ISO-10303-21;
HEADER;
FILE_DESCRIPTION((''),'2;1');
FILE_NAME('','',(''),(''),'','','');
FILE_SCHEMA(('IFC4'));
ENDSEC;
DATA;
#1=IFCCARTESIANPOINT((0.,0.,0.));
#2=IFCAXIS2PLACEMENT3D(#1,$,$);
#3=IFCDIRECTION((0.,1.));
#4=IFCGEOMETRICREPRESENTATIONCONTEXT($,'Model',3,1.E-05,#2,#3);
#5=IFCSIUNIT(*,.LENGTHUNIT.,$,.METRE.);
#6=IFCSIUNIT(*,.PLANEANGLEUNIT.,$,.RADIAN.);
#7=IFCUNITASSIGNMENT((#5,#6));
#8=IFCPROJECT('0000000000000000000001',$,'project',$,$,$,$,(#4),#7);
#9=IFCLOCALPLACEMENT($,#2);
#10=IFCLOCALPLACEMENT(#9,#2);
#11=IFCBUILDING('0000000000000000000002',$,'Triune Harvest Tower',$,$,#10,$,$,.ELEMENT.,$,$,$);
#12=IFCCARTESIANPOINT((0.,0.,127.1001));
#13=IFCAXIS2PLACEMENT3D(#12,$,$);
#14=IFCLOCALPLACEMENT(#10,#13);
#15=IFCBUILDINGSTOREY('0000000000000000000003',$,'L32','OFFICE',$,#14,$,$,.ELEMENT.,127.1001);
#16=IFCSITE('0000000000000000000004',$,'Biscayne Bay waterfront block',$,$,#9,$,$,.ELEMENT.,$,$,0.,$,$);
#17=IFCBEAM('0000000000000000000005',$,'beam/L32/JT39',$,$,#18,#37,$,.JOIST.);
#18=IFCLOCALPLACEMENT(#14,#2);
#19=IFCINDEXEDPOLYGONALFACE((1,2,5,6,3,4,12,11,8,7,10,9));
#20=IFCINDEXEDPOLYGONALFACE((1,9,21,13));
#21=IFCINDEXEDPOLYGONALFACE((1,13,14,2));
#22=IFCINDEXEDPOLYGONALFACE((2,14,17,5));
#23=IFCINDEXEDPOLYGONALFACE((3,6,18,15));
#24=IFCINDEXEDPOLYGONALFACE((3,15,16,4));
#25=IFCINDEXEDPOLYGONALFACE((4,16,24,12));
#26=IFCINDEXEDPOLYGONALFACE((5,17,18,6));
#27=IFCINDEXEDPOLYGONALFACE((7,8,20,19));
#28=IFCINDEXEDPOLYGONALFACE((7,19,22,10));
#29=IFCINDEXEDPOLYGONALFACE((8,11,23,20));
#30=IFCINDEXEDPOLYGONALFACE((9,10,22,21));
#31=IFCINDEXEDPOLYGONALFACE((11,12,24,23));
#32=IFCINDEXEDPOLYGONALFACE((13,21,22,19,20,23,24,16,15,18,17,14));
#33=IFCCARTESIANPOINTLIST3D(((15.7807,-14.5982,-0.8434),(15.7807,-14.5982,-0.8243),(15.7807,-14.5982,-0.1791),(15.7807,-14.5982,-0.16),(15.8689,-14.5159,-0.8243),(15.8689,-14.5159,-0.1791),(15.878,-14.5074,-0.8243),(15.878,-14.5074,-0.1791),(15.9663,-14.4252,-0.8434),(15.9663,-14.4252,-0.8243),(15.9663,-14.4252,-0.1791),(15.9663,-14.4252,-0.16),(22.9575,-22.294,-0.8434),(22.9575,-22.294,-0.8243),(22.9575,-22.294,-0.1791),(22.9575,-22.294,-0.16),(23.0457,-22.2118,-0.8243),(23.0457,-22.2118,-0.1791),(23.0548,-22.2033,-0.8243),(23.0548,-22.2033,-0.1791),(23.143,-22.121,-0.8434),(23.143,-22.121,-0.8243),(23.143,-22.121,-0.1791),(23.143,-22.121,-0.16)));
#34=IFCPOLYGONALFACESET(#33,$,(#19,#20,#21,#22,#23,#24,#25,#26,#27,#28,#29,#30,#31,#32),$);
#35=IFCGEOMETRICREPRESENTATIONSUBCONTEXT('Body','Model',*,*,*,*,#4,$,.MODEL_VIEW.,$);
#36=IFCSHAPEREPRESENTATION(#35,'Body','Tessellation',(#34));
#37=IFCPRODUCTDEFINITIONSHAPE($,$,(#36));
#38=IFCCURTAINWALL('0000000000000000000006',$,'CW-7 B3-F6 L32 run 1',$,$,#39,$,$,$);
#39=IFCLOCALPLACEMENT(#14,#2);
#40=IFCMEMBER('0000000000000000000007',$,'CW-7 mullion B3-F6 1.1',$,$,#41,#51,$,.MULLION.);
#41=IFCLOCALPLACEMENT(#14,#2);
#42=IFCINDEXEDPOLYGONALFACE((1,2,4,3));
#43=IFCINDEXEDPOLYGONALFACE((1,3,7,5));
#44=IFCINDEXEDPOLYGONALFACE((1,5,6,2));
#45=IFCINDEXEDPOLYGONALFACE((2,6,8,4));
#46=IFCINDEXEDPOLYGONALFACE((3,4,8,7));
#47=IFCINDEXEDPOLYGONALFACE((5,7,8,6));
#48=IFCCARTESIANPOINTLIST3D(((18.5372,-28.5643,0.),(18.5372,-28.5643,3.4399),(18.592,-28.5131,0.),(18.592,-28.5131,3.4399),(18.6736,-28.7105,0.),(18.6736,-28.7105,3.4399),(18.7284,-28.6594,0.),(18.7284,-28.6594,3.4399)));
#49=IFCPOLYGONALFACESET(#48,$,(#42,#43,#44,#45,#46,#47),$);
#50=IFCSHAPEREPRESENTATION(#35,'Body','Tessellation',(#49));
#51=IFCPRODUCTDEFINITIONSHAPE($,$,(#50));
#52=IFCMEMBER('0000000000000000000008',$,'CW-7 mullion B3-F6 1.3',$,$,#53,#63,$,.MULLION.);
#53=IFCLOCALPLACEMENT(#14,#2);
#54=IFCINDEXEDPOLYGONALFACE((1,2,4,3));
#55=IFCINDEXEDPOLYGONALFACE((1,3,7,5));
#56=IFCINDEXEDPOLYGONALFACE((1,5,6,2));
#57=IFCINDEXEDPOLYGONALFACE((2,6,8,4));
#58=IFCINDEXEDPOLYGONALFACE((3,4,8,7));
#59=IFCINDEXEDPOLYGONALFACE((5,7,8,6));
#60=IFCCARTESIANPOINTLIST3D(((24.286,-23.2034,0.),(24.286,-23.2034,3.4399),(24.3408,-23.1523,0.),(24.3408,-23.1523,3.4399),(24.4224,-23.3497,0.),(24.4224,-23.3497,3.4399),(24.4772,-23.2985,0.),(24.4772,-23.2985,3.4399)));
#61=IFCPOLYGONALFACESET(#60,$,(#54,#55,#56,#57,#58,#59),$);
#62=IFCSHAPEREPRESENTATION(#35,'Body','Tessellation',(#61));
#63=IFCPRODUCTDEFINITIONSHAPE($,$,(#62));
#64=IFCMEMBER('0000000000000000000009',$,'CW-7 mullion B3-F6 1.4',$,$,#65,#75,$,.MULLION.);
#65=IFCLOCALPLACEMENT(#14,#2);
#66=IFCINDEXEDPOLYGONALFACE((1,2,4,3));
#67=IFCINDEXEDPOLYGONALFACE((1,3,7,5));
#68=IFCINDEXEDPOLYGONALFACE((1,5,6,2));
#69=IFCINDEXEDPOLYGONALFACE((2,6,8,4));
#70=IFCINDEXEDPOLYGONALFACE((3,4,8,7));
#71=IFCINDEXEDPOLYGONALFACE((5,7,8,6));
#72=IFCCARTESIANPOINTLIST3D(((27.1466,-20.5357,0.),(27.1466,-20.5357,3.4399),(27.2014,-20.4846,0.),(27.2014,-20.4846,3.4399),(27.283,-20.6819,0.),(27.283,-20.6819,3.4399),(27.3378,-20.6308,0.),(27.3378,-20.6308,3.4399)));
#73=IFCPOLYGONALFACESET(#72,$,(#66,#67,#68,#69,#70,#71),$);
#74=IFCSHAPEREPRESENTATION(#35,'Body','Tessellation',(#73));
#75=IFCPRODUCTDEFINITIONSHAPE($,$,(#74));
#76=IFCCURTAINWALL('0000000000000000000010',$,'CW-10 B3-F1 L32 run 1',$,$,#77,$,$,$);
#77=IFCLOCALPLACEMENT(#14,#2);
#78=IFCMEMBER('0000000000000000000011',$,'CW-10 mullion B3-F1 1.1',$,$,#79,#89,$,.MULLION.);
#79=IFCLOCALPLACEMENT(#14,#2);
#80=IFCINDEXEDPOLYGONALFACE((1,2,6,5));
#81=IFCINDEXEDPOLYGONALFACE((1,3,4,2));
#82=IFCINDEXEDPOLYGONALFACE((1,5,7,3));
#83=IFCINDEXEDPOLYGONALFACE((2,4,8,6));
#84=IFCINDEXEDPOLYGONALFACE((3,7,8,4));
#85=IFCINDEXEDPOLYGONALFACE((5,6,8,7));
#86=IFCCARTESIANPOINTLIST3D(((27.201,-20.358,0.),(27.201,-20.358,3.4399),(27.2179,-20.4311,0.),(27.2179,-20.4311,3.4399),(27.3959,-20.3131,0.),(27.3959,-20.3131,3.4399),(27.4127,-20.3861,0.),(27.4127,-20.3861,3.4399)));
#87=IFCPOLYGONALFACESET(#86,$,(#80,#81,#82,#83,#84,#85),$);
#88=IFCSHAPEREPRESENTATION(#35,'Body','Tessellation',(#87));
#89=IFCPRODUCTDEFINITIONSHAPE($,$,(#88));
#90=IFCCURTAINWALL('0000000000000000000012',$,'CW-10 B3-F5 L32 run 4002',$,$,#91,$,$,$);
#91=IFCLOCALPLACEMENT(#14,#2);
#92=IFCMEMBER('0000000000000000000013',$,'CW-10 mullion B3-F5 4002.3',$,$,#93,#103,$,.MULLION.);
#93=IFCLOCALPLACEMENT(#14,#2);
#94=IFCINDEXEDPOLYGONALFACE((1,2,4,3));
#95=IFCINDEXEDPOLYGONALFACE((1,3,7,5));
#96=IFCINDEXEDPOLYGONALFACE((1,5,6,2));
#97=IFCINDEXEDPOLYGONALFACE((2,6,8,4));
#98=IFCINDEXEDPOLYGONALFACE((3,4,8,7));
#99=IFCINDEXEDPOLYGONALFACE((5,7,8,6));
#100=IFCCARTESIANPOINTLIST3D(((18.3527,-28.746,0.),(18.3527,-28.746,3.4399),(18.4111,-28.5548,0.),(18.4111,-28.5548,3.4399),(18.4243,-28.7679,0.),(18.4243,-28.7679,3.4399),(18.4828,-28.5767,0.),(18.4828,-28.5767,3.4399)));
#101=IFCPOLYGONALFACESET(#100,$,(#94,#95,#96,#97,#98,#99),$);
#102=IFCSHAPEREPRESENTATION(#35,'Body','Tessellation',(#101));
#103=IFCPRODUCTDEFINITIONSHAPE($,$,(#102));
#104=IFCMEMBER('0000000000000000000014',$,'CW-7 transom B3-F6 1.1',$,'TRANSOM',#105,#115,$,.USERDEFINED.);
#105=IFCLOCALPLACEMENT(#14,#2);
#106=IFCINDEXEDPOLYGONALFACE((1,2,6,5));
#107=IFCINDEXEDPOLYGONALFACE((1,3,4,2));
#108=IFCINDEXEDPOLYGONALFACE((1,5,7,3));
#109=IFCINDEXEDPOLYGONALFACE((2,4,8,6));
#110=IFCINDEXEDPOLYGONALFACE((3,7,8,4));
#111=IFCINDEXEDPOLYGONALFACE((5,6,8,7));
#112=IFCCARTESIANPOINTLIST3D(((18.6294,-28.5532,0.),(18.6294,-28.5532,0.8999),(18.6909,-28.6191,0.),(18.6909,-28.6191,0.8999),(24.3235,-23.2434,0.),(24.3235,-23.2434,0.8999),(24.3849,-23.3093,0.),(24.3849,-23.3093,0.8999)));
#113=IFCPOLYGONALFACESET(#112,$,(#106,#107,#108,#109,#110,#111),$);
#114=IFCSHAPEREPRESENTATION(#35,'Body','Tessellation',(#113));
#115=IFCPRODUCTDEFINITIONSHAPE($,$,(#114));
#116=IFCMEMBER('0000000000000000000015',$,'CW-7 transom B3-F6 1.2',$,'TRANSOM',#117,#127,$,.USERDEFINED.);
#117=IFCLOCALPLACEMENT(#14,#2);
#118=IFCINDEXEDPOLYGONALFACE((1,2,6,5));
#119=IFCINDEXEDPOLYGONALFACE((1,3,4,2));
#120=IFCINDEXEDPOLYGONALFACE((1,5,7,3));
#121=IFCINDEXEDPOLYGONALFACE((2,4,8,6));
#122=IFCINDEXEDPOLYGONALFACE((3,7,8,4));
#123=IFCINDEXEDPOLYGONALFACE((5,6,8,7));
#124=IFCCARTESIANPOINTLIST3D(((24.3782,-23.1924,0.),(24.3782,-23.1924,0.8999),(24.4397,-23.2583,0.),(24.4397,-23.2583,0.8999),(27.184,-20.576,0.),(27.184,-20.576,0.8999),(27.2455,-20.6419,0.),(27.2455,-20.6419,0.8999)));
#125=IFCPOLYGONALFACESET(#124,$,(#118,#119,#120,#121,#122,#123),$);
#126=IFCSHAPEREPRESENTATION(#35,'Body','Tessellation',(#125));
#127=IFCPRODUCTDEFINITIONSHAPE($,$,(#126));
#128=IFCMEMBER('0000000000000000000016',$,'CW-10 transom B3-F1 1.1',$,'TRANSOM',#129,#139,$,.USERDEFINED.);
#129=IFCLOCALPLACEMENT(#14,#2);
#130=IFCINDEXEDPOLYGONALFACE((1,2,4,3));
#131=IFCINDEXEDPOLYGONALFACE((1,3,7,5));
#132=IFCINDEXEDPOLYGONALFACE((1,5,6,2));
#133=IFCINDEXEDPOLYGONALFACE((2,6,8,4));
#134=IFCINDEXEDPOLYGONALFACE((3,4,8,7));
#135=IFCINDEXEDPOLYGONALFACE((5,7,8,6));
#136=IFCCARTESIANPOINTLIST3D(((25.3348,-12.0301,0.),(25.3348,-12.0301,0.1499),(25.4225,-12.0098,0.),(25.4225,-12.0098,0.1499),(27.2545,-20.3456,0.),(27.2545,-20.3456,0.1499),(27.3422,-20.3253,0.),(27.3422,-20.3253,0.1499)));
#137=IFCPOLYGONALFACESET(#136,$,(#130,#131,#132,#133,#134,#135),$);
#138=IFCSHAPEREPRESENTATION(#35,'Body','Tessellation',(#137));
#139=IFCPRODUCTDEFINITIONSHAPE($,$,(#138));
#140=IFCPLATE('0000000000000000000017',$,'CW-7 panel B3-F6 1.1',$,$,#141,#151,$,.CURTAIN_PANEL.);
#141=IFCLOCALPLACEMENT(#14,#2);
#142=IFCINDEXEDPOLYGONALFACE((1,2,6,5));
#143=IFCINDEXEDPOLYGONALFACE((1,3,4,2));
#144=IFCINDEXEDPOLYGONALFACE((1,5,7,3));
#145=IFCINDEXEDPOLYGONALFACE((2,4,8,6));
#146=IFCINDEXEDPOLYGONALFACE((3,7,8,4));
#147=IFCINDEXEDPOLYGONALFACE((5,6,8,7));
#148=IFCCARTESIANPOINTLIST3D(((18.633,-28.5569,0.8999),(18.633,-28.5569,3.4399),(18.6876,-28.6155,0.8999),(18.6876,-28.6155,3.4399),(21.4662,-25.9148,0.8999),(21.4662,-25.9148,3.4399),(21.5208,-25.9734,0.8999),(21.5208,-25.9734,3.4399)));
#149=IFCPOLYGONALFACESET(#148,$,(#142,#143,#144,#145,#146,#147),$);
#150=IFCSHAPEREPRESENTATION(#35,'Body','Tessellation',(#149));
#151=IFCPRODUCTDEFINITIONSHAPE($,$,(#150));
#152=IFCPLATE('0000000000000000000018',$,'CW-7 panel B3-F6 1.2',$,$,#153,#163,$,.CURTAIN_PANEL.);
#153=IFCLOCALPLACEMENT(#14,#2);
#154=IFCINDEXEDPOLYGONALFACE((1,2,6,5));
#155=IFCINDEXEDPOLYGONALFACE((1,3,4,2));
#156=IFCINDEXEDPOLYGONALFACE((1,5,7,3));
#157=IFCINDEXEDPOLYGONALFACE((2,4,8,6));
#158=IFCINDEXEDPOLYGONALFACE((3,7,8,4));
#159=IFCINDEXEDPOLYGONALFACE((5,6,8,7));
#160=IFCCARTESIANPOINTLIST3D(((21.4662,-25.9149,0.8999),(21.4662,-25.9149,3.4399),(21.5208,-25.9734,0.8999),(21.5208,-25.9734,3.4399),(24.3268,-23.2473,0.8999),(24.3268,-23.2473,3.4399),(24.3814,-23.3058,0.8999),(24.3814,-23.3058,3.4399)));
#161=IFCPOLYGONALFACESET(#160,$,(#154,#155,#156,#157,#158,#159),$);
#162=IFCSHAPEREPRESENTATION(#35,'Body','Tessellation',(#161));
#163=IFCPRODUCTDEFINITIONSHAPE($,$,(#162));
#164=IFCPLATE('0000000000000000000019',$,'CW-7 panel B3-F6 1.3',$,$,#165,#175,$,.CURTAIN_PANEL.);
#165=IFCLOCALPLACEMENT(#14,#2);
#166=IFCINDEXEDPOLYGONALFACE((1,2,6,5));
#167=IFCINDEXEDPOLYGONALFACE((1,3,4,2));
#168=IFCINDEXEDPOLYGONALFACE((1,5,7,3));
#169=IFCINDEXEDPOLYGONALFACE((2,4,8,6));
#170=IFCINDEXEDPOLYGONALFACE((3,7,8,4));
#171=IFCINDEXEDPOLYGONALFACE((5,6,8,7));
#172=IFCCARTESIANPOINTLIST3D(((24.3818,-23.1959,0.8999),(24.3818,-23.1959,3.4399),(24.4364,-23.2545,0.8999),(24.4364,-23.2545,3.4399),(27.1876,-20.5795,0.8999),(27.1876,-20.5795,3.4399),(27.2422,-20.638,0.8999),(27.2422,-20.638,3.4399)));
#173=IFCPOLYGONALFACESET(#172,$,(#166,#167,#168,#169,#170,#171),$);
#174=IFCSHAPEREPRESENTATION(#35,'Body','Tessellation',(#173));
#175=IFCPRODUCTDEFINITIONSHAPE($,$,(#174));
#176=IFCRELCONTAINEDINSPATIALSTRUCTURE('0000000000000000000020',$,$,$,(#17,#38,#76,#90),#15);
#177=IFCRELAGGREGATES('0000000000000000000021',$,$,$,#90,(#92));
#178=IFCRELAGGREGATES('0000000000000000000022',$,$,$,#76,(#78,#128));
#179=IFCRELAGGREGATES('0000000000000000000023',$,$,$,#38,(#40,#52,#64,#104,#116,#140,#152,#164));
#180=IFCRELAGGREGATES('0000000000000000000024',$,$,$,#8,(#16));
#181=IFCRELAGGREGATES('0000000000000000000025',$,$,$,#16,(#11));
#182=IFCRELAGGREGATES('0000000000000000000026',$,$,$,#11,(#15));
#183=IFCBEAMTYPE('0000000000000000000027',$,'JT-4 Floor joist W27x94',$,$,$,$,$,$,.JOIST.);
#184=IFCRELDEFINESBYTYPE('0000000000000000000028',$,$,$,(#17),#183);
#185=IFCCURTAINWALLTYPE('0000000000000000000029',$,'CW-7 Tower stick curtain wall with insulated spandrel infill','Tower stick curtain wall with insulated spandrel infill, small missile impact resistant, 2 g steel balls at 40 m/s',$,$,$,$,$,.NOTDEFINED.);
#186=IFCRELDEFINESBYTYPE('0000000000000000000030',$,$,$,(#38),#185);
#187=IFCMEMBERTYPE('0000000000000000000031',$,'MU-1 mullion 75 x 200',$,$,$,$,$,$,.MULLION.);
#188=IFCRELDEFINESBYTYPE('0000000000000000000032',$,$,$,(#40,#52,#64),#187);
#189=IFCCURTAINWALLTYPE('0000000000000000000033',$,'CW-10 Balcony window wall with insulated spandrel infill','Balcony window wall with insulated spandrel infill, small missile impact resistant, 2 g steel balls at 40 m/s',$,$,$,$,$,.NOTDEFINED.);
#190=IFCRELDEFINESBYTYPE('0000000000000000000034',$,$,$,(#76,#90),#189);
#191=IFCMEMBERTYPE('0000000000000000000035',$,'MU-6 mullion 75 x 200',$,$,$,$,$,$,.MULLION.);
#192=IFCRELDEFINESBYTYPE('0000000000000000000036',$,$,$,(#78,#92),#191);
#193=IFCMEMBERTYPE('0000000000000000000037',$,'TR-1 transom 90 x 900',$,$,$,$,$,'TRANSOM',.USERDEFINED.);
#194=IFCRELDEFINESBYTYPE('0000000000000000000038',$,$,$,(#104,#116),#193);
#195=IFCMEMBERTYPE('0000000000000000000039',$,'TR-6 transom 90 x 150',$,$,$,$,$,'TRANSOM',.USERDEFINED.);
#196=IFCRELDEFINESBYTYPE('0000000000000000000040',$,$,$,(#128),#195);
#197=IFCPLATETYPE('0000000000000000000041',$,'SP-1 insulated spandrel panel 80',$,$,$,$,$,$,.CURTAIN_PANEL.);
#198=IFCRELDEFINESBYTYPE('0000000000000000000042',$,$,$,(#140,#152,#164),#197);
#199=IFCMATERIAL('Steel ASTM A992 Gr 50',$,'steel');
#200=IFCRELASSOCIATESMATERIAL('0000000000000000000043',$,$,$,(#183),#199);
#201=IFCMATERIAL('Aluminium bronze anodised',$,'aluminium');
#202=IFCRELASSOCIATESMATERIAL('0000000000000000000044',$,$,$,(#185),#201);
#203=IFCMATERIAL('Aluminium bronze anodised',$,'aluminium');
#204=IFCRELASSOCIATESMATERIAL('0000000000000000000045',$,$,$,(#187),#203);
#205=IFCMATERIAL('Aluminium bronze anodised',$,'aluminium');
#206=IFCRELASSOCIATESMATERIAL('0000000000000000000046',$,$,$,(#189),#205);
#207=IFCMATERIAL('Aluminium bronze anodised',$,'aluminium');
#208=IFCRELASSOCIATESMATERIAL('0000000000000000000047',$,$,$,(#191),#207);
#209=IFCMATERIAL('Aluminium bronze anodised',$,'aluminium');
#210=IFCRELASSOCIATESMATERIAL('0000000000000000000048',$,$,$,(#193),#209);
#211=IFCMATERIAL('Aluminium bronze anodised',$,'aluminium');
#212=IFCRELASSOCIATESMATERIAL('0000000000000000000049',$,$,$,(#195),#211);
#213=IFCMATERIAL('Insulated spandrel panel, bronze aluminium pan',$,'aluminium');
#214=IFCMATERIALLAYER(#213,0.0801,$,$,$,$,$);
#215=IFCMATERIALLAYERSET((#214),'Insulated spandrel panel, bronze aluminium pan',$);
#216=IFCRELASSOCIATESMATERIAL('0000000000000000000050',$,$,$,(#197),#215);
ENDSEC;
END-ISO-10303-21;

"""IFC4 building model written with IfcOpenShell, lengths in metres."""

from ifc_helpers import new_model, si_unit, direction, frame, origin, origin_2d, place, context, subcontext, project, spatial, rectangle, i_section, extrude, source, transform, mapped, material, layer, layer_set, material_profile, profile_set, type_object, element, aggregate, save


model = new_model("IFC4")

# Units and contexts
model_context = context("Model", 3, precision=1e-05, world=origin(), true_north=direction((0.0, 1.0)))
body_context = subcontext(model_context, "Body", "Model", "MODEL_VIEW")
ifc_project = project(units=[si_unit("LENGTHUNIT", "METRE"), si_unit("PLANEANGLEUNIT", "RADIAN")], contexts=[model_context])

# Site, building, storey
site_placement = place(None, origin())
site = spatial("IfcSite", under=ifc_project, at=site_placement, Name="Biscayne Bay waterfront block", CompositionType="ELEMENT", RefElevation=0.0)
building_placement = place(site_placement, origin())
building = spatial("IfcBuilding", under=site, at=building_placement, Name="Triune Harvest Tower", CompositionType="ELEMENT")
storey_placement = place(building_placement, frame((0.0, 0.0, 127.1001)))
storey = spatial("IfcBuildingStorey", under=building, at=storey_placement, Name="L32", Description="OFFICE", CompositionType="ELEMENT", Elevation=127.1001)

# Beam
ifc_material_1 = material(Name="Steel ASTM A992 Gr 50", Category="steel")
ifc_material_profile_1 = material_profile(ifc_material_1, i_section(OverallWidth=0.2537, OverallDepth=0.6833, WebThickness=0.0125, FlangeThickness=0.019, at=origin_2d()), Name="W27x94")
ifc_profile_set_1 = profile_set([ifc_material_profile_1], Name="Steel ASTM A992 Gr 50")
beam_type_1 = type_object("IfcBeamType", Name="JT-4 Floor joist W27x94", PredefinedType="JOIST", material=ifc_profile_set_1)
shared_shape_1 = source(origin(), body_context, "Body", "SweptSolid", [
    extrude(i_section(OverallWidth=0.2537, OverallDepth=0.6833, WebThickness=0.0125, FlangeThickness=0.019, at=origin_2d()), origin(), (0.0, 0.0, 1.0), 10.5229),
])
beam_1_placement = place(storey_placement, frame((23.0503, -22.2075, -0.5017), z_axis=(-0.682014, 0.731339, 0.0), x_axis=(-0.731339, -0.682014, 0.0)))
element("IfcBeam", 1, at=beam_1_placement, inside=storey, type_object=beam_type_1, Name="beam/L32/JT39", PredefinedType="JOIST", context=body_context, shape_type="MappedRepresentation", body=[
    mapped(shared_shape_1, transform((0.0, 0.0, 0.0), scale=1.0)),
])

# Curtain wall, members
ifc_material_2 = material(Name="Aluminium bronze anodised", Category="aluminium")
curtain_wall_type_1 = type_object("IfcCurtainWallType", Name="CW-7 Tower stick curtain wall with insulated spandrel infill", Description="Tower stick curtain wall with insulated spandrel infill, small missile impact resistant, 2 g steel balls at 40 m/s", PredefinedType="NOTDEFINED", material=ifc_material_2)
curtain_wall_1_placement = place(storey_placement, origin())
curtain_wall_1 = element("IfcCurtainWall", 2, at=curtain_wall_1_placement, inside=storey, type_object=curtain_wall_type_1, Name="CW-7 B3-F6 L32 run 1")
ifc_material_3 = material(Name="Aluminium bronze anodised", Category="aluminium")
ifc_material_profile_2 = material_profile(ifc_material_3, rectangle(XDim=0.2, YDim=0.075, at=origin_2d()), Name="MU-1 mullion 75 x 200")
ifc_profile_set_2 = profile_set([ifc_material_profile_2], Name="Aluminium bronze anodised")
member_type_1 = type_object("IfcMemberType", Name="MU-1 mullion 75 x 200", PredefinedType="MULLION", material=ifc_profile_set_2)
shared_shape_2 = source(origin(), body_context, "Body", "SweptSolid", [
    extrude(rectangle(XDim=0.2, YDim=0.075, at=origin_2d()), origin(), (0.0, 0.0, 1.0), 3.4399),
])
member_1_placement = place(storey_placement, frame((18.6328, -28.6118, 0.0), z_axis=(0.0, 0.0, 1.0), x_axis=(-0.682002, 0.73135, 0.0)))
member_1 = element("IfcMember", 3, at=member_1_placement, type_object=member_type_1, Name="CW-7 mullion B3-F6 1.1", PredefinedType="MULLION", context=body_context, shape_type="MappedRepresentation", body=[
    mapped(shared_shape_2, transform((0.0, 0.0, 0.0), scale=1.0)),
])
member_2_placement = place(storey_placement, frame((24.3816, -23.251, 0.0), z_axis=(0.0, 0.0, 1.0), x_axis=(-0.682002, 0.73135, 0.0)))
member_2 = element("IfcMember", 4, at=member_2_placement, type_object=member_type_1, Name="CW-7 mullion B3-F6 1.3", PredefinedType="MULLION", context=body_context, shape_type="MappedRepresentation", body=[
    mapped(shared_shape_2, transform((0.0, 0.0, 0.0), scale=1.0)),
])
member_3_placement = place(storey_placement, frame((27.2422, -20.5833, 0.0), z_axis=(0.0, 0.0, 1.0), x_axis=(-0.682002, 0.73135, 0.0)))
member_3 = element("IfcMember", 5, at=member_3_placement, type_object=member_type_1, Name="CW-7 mullion B3-F6 1.4", PredefinedType="MULLION", context=body_context, shape_type="MappedRepresentation", body=[
    mapped(shared_shape_2, transform((0.0, 0.0, 0.0), scale=1.0)),
])

# Curtain walls, members
ifc_material_4 = material(Name="Aluminium bronze anodised", Category="aluminium")
curtain_wall_type_2 = type_object("IfcCurtainWallType", Name="CW-10 Balcony window wall with insulated spandrel infill", Description="Balcony window wall with insulated spandrel infill, small missile impact resistant, 2 g steel balls at 40 m/s", PredefinedType="NOTDEFINED", material=ifc_material_4)
curtain_wall_2_placement = place(storey_placement, origin())
curtain_wall_2 = element("IfcCurtainWall", 6, at=curtain_wall_2_placement, inside=storey, type_object=curtain_wall_type_2, Name="CW-10 B3-F1 L32 run 1")
ifc_material_5 = material(Name="Aluminium bronze anodised", Category="aluminium")
ifc_material_profile_3 = material_profile(ifc_material_5, rectangle(XDim=0.2, YDim=0.075, at=origin_2d()), Name="MU-6 mullion 75 x 200")
ifc_profile_set_3 = profile_set([ifc_material_profile_3], Name="Aluminium bronze anodised")
member_type_2 = type_object("IfcMemberType", Name="MU-6 mullion 75 x 200", PredefinedType="MULLION", material=ifc_profile_set_3)
shared_shape_3 = source(origin(), body_context, "Body", "SweptSolid", [
    extrude(rectangle(XDim=0.2, YDim=0.075, at=origin_2d()), origin(), (0.0, 0.0, 1.0), 3.4399),
])
member_4_placement = place(storey_placement, frame((27.3069, -20.3721, 0.0), z_axis=(0.0, 0.0, 1.0), x_axis=(-0.97437, -0.224951, 0.0)))
member_4 = element("IfcMember", 7, at=member_4_placement, type_object=member_type_2, Name="CW-10 mullion B3-F1 1.1", PredefinedType="MULLION", context=body_context, shape_type="MappedRepresentation", body=[
    mapped(shared_shape_3, transform((0.0, 0.0, 0.0), scale=1.0)),
])
curtain_wall_3_placement = place(storey_placement, origin())
curtain_wall_3 = element("IfcCurtainWall", 8, at=curtain_wall_3_placement, inside=storey, type_object=curtain_wall_type_2, Name="CW-10 B3-F5 L32 run 4002")
member_5_placement = place(storey_placement, frame((18.4177, -28.6614, 0.0), z_axis=(0.0, 0.0, 1.0), x_axis=(0.29238, 0.956302, 0.0)))
member_5 = element("IfcMember", 9, at=member_5_placement, type_object=member_type_2, Name="CW-10 mullion B3-F5 4002.3", PredefinedType="MULLION", context=body_context, shape_type="MappedRepresentation", body=[
    mapped(shared_shape_3, transform((0.0, 0.0, 0.0), scale=1.0)),
])
aggregate(curtain_wall_3, [member_5])

# Members
ifc_material_6 = material(Name="Aluminium bronze anodised", Category="aluminium")
ifc_material_profile_4 = material_profile(ifc_material_6, rectangle(XDim=0.0901, YDim=0.8999, at=origin_2d()), Name="TR-1 transom 90 x 900")
ifc_profile_set_4 = profile_set([ifc_material_profile_4], Name="Aluminium bronze anodised")
member_type_3 = type_object("IfcMemberType", Name="TR-1 transom 90 x 900", ElementType="TRANSOM", PredefinedType="USERDEFINED", material=ifc_profile_set_4)
shared_shape_4 = source(origin(), body_context, "Body", "SweptSolid", [
    extrude(rectangle(XDim=0.0901, YDim=0.8999, at=origin_2d()), origin(), (0.0, 0.0, 1.0), 7.7856),
])
member_6_placement = place(storey_placement, frame((18.6602, -28.5862, 0.45), z_axis=(0.731354, 0.681998, 0.0), x_axis=(-0.681998, 0.731354, 0.0)))
member_6 = element("IfcMember", 10, at=member_6_placement, type_object=member_type_3, Name="CW-7 transom B3-F6 1.1", ObjectType="TRANSOM", PredefinedType="USERDEFINED", context=body_context, shape_type="MappedRepresentation", body=[
    mapped(shared_shape_4, transform((0.0, 0.0, 0.0), scale=1.0)),
])
shared_shape_5 = source(origin(), body_context, "Body", "SweptSolid", [
    extrude(rectangle(XDim=0.0901, YDim=0.8999, at=origin_2d()), origin(), (0.0, 0.0, 1.0), 3.8364),
])
member_7_placement = place(storey_placement, frame((24.4089, -23.2253, 0.45), z_axis=(0.731366, 0.681985, 0.0), x_axis=(-0.681985, 0.731366, 0.0)))
member_7 = element("IfcMember", 11, at=member_7_placement, type_object=member_type_3, Name="CW-7 transom B3-F6 1.2", ObjectType="TRANSOM", PredefinedType="USERDEFINED", context=body_context, shape_type="MappedRepresentation", body=[
    mapped(shared_shape_5, transform((0.0, 0.0, 0.0), scale=1.0)),
])
ifc_material_7 = material(Name="Aluminium bronze anodised", Category="aluminium")
ifc_material_profile_5 = material_profile(ifc_material_7, rectangle(XDim=0.0901, YDim=0.1499, at=origin_2d()), Name="TR-6 transom 90 x 150")
ifc_profile_set_5 = profile_set([ifc_material_profile_5], Name="Aluminium bronze anodised")
member_type_4 = type_object("IfcMemberType", Name="TR-6 transom 90 x 150", ElementType="TRANSOM", PredefinedType="USERDEFINED", material=ifc_profile_set_5)
shared_shape_6 = source(origin(), body_context, "Body", "SweptSolid", [
    extrude(rectangle(XDim=0.0901, YDim=0.1499, at=origin_2d()), origin(), (0.0, 0.0, 1.0), 8.5342),
])
member_8_placement = place(storey_placement, frame((27.2983, -20.3354, 0.075), z_axis=(-0.224941, 0.974372, 0.0), x_axis=(-0.974372, -0.224941, 0.0)))
member_8 = element("IfcMember", 12, at=member_8_placement, type_object=member_type_4, Name="CW-10 transom B3-F1 1.1", ObjectType="TRANSOM", PredefinedType="USERDEFINED", context=body_context, shape_type="MappedRepresentation", body=[
    mapped(shared_shape_6, transform((0.0, 0.0, 0.0), scale=1.0)),
])
aggregate(curtain_wall_2, [member_4, member_8])

# Plates
ifc_material_8 = material(Name="Insulated spandrel panel, bronze aluminium pan", Category="aluminium")
ifc_layer_1 = layer(ifc_material_8, 0.0801)
ifc_layer_set_1 = layer_set([ifc_layer_1], Name="Insulated spandrel panel, bronze aluminium pan")
plate_type = type_object("IfcPlateType", Name="SP-1 insulated spandrel panel 80", PredefinedType="CURTAIN_PANEL", material=ifc_layer_set_1)
shared_shape_7 = source(origin(), body_context, "Body", "SweptSolid", [
    extrude(rectangle(XDim=3.874, YDim=0.0801, at=origin_2d()), origin(), (0.0, 0.0, 1.0), 2.54),
])
plate_1_placement = place(storey_placement, frame((20.0769, -27.2651, 0.8999), z_axis=(0.0, 0.0, 1.0), x_axis=(0.73135, 0.682002, 0.0)))
plate_1 = element("IfcPlate", 13, at=plate_1_placement, type_object=plate_type, Name="CW-7 panel B3-F6 1.1", PredefinedType="CURTAIN_PANEL", context=body_context, shape_type="MappedRepresentation", body=[
    mapped(shared_shape_7, transform((0.0, 0.0, 0.0), scale=1.0)),
])
shared_shape_8 = source(origin(), body_context, "Body", "SweptSolid", [
    extrude(rectangle(XDim=3.9114, YDim=0.0801, at=origin_2d()), origin(), (0.0, 0.0, 1.0), 2.54),
])
plate_2_placement = place(storey_placement, frame((22.9238, -24.6104, 0.8999), z_axis=(0.0, 0.0, 1.0), x_axis=(0.73135, 0.682002, 0.0)))
plate_2 = element("IfcPlate", 14, at=plate_2_placement, type_object=plate_type, Name="CW-7 panel B3-F6 1.2", PredefinedType="CURTAIN_PANEL", context=body_context, shape_type="MappedRepresentation", body=[
    mapped(shared_shape_8, transform((0.0, 0.0, 0.0), scale=1.0)),
])
shared_shape_9 = source(origin(), body_context, "Body", "SweptSolid", [
    extrude(rectangle(XDim=3.8364, YDim=0.0801, at=origin_2d()), origin(), (0.0, 0.0, 1.0), 2.54),
])
plate_3_placement = place(storey_placement, frame((25.812, -21.917, 0.8999), z_axis=(0.0, 0.0, 1.0), x_axis=(0.73135, 0.682002, 0.0)))
plate_3 = element("IfcPlate", 15, at=plate_3_placement, type_object=plate_type, Name="CW-7 panel B3-F6 1.3", PredefinedType="CURTAIN_PANEL", context=body_context, shape_type="MappedRepresentation", body=[
    mapped(shared_shape_9, transform((0.0, 0.0, 0.0), scale=1.0)),
])
aggregate(curtain_wall_1, [member_1, member_2, member_3, member_6, member_7, plate_1, plate_2, plate_3])

save(model, "model.ifc")
